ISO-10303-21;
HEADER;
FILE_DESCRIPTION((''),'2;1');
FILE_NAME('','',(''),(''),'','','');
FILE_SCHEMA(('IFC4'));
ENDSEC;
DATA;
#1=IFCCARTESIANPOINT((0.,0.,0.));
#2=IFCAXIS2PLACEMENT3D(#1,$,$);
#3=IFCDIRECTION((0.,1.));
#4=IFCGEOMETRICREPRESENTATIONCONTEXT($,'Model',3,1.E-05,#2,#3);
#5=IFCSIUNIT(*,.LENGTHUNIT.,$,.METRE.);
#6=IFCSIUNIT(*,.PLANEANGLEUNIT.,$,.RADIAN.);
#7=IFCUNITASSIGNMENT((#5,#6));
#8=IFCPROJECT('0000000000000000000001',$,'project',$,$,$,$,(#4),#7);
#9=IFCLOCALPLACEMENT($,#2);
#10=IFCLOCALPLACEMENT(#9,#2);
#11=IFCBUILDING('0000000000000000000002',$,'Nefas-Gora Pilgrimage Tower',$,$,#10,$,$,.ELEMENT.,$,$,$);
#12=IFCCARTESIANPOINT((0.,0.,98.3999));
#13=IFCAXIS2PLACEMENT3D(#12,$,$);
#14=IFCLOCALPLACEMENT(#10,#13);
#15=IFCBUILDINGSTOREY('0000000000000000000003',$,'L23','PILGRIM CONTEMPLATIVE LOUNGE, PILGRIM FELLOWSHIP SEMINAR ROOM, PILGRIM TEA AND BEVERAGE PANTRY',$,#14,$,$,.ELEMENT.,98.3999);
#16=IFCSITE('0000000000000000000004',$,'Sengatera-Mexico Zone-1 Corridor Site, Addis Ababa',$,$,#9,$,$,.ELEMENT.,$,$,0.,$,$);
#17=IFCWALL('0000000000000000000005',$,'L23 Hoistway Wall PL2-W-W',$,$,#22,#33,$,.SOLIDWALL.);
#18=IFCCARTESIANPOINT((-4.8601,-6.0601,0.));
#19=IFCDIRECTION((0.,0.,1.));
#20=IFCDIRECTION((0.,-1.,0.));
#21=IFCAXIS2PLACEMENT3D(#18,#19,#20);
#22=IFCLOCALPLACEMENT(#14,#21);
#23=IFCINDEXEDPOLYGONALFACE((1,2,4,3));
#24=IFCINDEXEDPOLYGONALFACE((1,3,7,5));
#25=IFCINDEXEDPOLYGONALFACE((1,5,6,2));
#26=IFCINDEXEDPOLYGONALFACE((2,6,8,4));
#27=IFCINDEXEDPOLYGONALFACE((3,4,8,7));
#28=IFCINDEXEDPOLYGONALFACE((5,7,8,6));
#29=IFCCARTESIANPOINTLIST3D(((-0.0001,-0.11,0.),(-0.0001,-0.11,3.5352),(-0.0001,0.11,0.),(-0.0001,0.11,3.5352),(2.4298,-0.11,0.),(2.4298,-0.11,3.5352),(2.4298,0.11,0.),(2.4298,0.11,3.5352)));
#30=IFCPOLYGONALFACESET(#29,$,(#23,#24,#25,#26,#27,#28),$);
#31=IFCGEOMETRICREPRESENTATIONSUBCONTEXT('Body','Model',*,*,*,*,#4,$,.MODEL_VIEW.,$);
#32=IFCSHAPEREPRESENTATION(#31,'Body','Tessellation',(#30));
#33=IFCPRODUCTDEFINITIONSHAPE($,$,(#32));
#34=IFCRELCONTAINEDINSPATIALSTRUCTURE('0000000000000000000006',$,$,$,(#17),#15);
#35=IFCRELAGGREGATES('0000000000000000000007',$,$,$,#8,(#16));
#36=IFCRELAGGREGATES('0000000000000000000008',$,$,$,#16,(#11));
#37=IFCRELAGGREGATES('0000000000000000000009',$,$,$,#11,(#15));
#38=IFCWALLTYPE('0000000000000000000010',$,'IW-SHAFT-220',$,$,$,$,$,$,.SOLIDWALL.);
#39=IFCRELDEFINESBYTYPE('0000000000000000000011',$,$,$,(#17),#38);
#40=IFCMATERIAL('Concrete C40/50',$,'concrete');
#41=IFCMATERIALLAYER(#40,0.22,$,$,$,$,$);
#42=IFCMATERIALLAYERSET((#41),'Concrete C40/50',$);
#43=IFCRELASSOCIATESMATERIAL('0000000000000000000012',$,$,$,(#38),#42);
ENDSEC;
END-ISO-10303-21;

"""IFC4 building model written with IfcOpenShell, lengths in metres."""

from ifc_helpers import new_model, si_unit, direction, frame, frame_2d, origin, place, context, subcontext, project, spatial, rectangle, extrude, source, transform, mapped, material, layer, layer_set, type_object, element, save


model = new_model("IFC4")

# Units and contexts
model_context = context("Model", 3, precision=1e-05, world=origin(), true_north=direction((0.0, 1.0)))
body_context = subcontext(model_context, "Body", "Model", "MODEL_VIEW")
ifc_project = project(units=[si_unit("LENGTHUNIT", "METRE"), si_unit("PLANEANGLEUNIT", "RADIAN")], contexts=[model_context])

# Site, building, storey
site_placement = place(None, origin())
site = spatial("IfcSite", under=ifc_project, at=site_placement, Name="Sengatera-Mexico Zone-1 Corridor Site, Addis Ababa", CompositionType="ELEMENT", RefElevation=0.0)
building_placement = place(site_placement, origin())
building = spatial("IfcBuilding", under=site, at=building_placement, Name="Nefas-Gora Pilgrimage Tower", CompositionType="ELEMENT")
storey_placement = place(building_placement, frame((0.0, 0.0, 98.3999)))
storey = spatial("IfcBuildingStorey", under=building, at=storey_placement, Name="L23", Description="PILGRIM CONTEMPLATIVE LOUNGE, PILGRIM FELLOWSHIP SEMINAR ROOM, PILGRIM TEA AND BEVERAGE PANTRY", CompositionType="ELEMENT", Elevation=98.3999)

# Wall
ifc_material_1 = material(Name="Concrete C40/50", Category="concrete")
ifc_layer_1 = layer(ifc_material_1, 0.22)
ifc_layer_set_1 = layer_set([ifc_layer_1], Name="Concrete C40/50")
wall_type_1 = type_object("IfcWallType", Name="IW-SHAFT-220", PredefinedType="SOLIDWALL", material=ifc_layer_set_1)
shared_shape_1 = source(origin(), body_context, "Body", "SweptSolid", [
    extrude(rectangle(XDim=2.4299, YDim=0.22, at=frame_2d((1.2148, 0.0))), origin(), (0.0, 0.0, 1.0), 3.5352),
])
for number, where, z_axis, x_axis, name in (
    (1, (-4.8601, -6.0601, 0.0), (0.0, 0.0, 1.0), (0.0, -1.0, 0.0), "L23 Hoistway Wall PL2-W-W"),
):
    element("IfcWall", number, at=place(storey_placement, frame(where, z_axis=z_axis, x_axis=x_axis)), inside=storey, type_object=wall_type_1, Name=name, PredefinedType="SOLIDWALL", context=body_context, shape_type="MappedRepresentation", body=[
        mapped(shared_shape_1, transform((0.0, 0.0, 0.0), x_axis=(1.0, 0.0, 0.0), y_axis=(0.0, 1.0, 0.0), z_axis=(0.0, 0.0, 1.0), scale=1.0)),
    ])

save(model, "model.ifc")
